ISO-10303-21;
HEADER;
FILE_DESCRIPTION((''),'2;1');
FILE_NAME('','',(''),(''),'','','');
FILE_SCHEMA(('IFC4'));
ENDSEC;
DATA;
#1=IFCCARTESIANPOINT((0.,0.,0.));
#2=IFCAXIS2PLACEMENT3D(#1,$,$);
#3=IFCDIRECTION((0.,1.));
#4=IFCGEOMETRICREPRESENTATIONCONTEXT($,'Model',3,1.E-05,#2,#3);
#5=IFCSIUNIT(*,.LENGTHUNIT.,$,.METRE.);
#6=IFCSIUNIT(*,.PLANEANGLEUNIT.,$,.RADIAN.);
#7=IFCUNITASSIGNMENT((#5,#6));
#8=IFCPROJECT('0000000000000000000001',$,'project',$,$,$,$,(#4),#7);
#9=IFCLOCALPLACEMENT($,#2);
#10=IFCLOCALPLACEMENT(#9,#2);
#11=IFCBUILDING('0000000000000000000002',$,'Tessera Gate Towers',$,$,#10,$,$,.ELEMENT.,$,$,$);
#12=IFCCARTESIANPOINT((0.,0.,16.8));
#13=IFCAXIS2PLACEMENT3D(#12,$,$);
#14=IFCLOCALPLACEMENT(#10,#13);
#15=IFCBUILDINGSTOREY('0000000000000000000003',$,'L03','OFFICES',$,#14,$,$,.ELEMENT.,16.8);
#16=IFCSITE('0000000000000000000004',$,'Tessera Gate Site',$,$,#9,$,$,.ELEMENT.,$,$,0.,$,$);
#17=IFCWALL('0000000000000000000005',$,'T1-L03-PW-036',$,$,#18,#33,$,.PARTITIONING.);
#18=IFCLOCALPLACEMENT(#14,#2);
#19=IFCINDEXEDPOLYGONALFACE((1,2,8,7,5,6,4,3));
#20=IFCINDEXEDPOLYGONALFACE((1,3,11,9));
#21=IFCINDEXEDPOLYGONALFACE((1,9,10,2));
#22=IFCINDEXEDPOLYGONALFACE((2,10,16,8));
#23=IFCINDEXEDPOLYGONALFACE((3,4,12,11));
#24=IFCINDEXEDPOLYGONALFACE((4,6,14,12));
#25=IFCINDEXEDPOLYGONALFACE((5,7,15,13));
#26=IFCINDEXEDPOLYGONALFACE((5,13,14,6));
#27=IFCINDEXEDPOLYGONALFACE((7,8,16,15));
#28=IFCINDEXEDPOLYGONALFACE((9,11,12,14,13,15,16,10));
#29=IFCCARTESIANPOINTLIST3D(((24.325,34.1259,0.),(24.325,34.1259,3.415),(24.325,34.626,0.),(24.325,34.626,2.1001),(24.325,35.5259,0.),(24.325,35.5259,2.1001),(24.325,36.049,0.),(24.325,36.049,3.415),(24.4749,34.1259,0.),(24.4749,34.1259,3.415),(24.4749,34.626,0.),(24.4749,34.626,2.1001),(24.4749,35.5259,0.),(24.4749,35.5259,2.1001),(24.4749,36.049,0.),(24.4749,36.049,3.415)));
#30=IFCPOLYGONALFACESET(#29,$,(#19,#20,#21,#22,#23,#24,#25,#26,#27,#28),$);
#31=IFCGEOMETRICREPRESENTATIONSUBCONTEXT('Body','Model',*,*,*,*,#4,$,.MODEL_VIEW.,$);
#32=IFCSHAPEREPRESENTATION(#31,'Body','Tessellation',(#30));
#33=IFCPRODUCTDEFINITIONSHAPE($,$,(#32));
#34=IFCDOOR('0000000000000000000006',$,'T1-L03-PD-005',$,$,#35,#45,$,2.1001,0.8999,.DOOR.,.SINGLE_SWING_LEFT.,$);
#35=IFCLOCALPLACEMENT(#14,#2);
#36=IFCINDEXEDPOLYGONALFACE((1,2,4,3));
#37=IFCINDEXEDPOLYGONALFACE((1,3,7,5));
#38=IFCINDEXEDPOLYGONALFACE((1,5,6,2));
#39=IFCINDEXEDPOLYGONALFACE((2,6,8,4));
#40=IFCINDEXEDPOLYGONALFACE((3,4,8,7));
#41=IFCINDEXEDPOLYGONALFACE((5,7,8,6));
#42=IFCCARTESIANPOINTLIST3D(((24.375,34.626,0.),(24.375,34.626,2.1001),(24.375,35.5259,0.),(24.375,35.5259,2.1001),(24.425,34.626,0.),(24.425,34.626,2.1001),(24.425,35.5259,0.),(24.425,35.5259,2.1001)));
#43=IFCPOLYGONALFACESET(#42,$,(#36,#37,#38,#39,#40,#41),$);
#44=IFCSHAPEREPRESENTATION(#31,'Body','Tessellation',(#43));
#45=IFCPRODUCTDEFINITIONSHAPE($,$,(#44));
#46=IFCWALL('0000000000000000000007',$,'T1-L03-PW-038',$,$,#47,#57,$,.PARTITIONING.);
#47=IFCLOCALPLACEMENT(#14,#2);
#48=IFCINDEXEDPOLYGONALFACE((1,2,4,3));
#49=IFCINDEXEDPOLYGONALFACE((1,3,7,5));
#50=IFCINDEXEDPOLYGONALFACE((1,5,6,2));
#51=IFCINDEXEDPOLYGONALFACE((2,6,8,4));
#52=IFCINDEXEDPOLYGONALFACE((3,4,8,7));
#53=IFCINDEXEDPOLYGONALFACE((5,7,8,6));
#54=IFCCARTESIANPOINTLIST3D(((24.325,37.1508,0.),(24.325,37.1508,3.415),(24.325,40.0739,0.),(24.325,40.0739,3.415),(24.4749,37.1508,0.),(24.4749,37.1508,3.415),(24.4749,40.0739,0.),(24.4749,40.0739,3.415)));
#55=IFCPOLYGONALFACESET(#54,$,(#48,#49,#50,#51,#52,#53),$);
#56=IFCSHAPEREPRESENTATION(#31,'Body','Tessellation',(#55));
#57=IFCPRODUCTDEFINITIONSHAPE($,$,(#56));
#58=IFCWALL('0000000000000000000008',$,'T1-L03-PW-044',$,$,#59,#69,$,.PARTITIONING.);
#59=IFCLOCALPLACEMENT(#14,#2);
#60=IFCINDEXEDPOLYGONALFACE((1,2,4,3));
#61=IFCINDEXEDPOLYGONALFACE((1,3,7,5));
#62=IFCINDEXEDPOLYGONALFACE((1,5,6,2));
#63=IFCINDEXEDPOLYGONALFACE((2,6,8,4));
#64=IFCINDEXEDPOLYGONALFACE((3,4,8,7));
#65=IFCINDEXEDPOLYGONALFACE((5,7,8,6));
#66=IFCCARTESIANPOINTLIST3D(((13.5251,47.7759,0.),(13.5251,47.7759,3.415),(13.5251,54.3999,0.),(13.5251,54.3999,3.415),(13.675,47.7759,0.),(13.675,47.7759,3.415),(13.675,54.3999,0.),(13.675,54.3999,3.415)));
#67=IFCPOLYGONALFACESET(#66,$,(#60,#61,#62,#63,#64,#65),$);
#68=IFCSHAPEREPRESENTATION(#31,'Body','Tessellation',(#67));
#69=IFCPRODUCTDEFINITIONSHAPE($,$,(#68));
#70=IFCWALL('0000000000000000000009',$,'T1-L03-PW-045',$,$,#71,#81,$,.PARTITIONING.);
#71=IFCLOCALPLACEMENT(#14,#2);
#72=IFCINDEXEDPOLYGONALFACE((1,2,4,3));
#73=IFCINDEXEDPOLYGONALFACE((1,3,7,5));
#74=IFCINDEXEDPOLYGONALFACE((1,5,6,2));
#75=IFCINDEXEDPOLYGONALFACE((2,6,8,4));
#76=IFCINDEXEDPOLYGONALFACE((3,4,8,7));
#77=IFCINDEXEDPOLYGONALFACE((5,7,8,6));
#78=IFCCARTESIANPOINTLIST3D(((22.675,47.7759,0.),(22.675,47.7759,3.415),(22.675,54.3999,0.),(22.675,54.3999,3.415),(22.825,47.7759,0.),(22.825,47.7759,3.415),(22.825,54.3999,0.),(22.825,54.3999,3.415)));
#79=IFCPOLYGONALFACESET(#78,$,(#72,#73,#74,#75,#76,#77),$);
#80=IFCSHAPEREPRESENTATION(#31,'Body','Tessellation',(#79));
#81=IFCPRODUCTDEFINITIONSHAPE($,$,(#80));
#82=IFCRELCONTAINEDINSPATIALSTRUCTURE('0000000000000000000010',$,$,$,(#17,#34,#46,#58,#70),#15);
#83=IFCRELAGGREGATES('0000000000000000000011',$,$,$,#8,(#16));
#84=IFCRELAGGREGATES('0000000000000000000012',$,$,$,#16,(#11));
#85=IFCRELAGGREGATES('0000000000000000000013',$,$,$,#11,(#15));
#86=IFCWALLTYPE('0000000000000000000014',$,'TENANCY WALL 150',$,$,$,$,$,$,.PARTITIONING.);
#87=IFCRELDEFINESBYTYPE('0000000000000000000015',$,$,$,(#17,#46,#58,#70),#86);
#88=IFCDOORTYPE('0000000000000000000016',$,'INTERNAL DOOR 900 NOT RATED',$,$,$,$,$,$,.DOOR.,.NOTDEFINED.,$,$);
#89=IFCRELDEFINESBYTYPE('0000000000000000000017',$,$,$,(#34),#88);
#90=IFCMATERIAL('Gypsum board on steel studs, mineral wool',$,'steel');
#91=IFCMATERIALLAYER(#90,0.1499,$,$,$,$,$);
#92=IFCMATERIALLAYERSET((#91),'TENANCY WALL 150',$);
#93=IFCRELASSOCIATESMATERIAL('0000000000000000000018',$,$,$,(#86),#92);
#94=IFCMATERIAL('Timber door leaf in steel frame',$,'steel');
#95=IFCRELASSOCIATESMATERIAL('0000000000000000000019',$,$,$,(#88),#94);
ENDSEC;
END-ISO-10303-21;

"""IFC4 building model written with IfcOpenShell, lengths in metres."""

from ifc_helpers import new_model, si_unit, direction, frame, frame_2d, origin, place, context, subcontext, project, spatial, rectangle, extrude, source, transform, mapped, material, layer, layer_set, type_object, element, fill, save


model = new_model("IFC4")

# Units and contexts
model_context = context("Model", 3, precision=1e-05, world=origin(), true_north=direction((0.0, 1.0)))
body_context = subcontext(model_context, "Body", "Model", "MODEL_VIEW")
ifc_project = project(units=[si_unit("LENGTHUNIT", "METRE"), si_unit("PLANEANGLEUNIT", "RADIAN")], contexts=[model_context])

# Site, building, storey
site_placement = place(None, origin())
site = spatial("IfcSite", under=ifc_project, at=site_placement, Name="Tessera Gate Site", CompositionType="ELEMENT", RefElevation=0.0)
building_placement = place(site_placement, origin())
building = spatial("IfcBuilding", under=site, at=building_placement, Name="Tessera Gate Towers", CompositionType="ELEMENT")
storey_placement = place(building_placement, frame((0.0, 0.0, 16.8)))
storey = spatial("IfcBuildingStorey", under=building, at=storey_placement, Name="L03", Description="OFFICES", CompositionType="ELEMENT", Elevation=16.8)

# Wall, opening, door
ifc_material_1 = material(Name="Gypsum board on steel studs, mineral wool", Category="steel")
ifc_layer_1 = layer(ifc_material_1, 0.1499)
ifc_layer_set_1 = layer_set([ifc_layer_1], Name="TENANCY WALL 150")
wall_type_1 = type_object("IfcWallType", Name="TENANCY WALL 150", PredefinedType="PARTITIONING", material=ifc_layer_set_1)
wall_1_placement = place(storey_placement, frame((24.3999, 34.126, 0.0), z_axis=(0.0, 0.0, 1.0), x_axis=(0.0, 1.0, 0.0)))
wall_1 = element("IfcWall", 1, at=wall_1_placement, inside=storey, type_object=wall_type_1, Name="T1-L03-PW-036", PredefinedType="PARTITIONING", context=body_context, shape_type="SweptSolid", body=[
    extrude(rectangle(XDim=1.9231, YDim=0.1499, at=frame_2d((0.9614, 0.0))), origin(), (0.0, 0.0, 1.0), 3.415),
])
shared_shape_1 = source(origin(), body_context, "Body", "SweptSolid", [
    extrude(rectangle(XDim=0.8999, YDim=2.1001, at=frame_2d((0.45, 1.05))), frame((0.0, 0.085, 0.0), z_axis=(0.0, -1.0, 0.0), x_axis=(1.0, 0.0, 0.0)), (0.0, 0.0, 1.0), 0.1699),
])
opening_placement = place(wall_1_placement, frame((0.5, 0.0, 0.0)))
opening = element("IfcOpeningElement", 2, at=opening_placement, cuts=wall_1, PredefinedType="OPENING", context=body_context, shape_type="MappedRepresentation", body=[
    mapped(shared_shape_1, transform((0.0, 0.0, 0.0), scale=1.0)),
])
ifc_material_2 = material(Name="Timber door leaf in steel frame", Category="steel")
door_type = type_object("IfcDoorType", Name="INTERNAL DOOR 900 NOT RATED", OperationType="NOTDEFINED", PredefinedType="DOOR", material=ifc_material_2)
shared_shape_2 = source(origin(), body_context, "Body", "SweptSolid", [
    extrude(rectangle(XDim=0.8999, YDim=2.1001, at=frame_2d((0.45, 1.05))), frame((0.0, 0.0249, 0.0), z_axis=(0.0, -1.0, 0.0), x_axis=(1.0, 0.0, 0.0)), (0.0, 0.0, 1.0), 0.05),
])
door_placement = place(opening_placement, origin())
door = element("IfcDoor", 3, at=door_placement, inside=storey, type_object=door_type, Name="T1-L03-PD-005", OperationType="SINGLE_SWING_LEFT", OverallHeight=2.1001, OverallWidth=0.8999, PredefinedType="DOOR", context=body_context, shape_type="MappedRepresentation", body=[
    mapped(shared_shape_2, transform((0.0, 0.0, 0.0), scale=1.0)),
])
fill(opening, door)

# Walls
wall_2_placement = place(storey_placement, frame((24.3999, 37.1509, 0.0), z_axis=(0.0, 0.0, 1.0), x_axis=(0.0, 1.0, 0.0)))
element("IfcWall", 4, at=wall_2_placement, inside=storey, type_object=wall_type_1, Name="T1-L03-PW-038", PredefinedType="PARTITIONING", context=body_context, shape_type="SweptSolid", body=[
    extrude(rectangle(XDim=2.9231, YDim=0.1499, at=frame_2d((1.4614, 0.0))), origin(), (0.0, 0.0, 1.0), 3.415),
])
for number, where, z_axis, x_axis, name in (
    (5, (13.6001, 47.7759, 0.0), (0.0, 0.0, 1.0), (0.0, 1.0, 0.0), "T1-L03-PW-044"),
    (6, (22.75, 47.7759, 0.0), (0.0, 0.0, 1.0), (0.0, 1.0, 0.0), "T1-L03-PW-045"),
):
    element("IfcWall", number, at=place(storey_placement, frame(where, z_axis=z_axis, x_axis=x_axis)), inside=storey, type_object=wall_type_1, Name=name, PredefinedType="PARTITIONING", context=body_context, shape_type="SweptSolid", body=[
        extrude(rectangle(XDim=6.624, YDim=0.1499, at=frame_2d((3.312, 0.0))), origin(), (0.0, 0.0, 1.0), 3.415),
    ])

save(model, "model.ifc")
